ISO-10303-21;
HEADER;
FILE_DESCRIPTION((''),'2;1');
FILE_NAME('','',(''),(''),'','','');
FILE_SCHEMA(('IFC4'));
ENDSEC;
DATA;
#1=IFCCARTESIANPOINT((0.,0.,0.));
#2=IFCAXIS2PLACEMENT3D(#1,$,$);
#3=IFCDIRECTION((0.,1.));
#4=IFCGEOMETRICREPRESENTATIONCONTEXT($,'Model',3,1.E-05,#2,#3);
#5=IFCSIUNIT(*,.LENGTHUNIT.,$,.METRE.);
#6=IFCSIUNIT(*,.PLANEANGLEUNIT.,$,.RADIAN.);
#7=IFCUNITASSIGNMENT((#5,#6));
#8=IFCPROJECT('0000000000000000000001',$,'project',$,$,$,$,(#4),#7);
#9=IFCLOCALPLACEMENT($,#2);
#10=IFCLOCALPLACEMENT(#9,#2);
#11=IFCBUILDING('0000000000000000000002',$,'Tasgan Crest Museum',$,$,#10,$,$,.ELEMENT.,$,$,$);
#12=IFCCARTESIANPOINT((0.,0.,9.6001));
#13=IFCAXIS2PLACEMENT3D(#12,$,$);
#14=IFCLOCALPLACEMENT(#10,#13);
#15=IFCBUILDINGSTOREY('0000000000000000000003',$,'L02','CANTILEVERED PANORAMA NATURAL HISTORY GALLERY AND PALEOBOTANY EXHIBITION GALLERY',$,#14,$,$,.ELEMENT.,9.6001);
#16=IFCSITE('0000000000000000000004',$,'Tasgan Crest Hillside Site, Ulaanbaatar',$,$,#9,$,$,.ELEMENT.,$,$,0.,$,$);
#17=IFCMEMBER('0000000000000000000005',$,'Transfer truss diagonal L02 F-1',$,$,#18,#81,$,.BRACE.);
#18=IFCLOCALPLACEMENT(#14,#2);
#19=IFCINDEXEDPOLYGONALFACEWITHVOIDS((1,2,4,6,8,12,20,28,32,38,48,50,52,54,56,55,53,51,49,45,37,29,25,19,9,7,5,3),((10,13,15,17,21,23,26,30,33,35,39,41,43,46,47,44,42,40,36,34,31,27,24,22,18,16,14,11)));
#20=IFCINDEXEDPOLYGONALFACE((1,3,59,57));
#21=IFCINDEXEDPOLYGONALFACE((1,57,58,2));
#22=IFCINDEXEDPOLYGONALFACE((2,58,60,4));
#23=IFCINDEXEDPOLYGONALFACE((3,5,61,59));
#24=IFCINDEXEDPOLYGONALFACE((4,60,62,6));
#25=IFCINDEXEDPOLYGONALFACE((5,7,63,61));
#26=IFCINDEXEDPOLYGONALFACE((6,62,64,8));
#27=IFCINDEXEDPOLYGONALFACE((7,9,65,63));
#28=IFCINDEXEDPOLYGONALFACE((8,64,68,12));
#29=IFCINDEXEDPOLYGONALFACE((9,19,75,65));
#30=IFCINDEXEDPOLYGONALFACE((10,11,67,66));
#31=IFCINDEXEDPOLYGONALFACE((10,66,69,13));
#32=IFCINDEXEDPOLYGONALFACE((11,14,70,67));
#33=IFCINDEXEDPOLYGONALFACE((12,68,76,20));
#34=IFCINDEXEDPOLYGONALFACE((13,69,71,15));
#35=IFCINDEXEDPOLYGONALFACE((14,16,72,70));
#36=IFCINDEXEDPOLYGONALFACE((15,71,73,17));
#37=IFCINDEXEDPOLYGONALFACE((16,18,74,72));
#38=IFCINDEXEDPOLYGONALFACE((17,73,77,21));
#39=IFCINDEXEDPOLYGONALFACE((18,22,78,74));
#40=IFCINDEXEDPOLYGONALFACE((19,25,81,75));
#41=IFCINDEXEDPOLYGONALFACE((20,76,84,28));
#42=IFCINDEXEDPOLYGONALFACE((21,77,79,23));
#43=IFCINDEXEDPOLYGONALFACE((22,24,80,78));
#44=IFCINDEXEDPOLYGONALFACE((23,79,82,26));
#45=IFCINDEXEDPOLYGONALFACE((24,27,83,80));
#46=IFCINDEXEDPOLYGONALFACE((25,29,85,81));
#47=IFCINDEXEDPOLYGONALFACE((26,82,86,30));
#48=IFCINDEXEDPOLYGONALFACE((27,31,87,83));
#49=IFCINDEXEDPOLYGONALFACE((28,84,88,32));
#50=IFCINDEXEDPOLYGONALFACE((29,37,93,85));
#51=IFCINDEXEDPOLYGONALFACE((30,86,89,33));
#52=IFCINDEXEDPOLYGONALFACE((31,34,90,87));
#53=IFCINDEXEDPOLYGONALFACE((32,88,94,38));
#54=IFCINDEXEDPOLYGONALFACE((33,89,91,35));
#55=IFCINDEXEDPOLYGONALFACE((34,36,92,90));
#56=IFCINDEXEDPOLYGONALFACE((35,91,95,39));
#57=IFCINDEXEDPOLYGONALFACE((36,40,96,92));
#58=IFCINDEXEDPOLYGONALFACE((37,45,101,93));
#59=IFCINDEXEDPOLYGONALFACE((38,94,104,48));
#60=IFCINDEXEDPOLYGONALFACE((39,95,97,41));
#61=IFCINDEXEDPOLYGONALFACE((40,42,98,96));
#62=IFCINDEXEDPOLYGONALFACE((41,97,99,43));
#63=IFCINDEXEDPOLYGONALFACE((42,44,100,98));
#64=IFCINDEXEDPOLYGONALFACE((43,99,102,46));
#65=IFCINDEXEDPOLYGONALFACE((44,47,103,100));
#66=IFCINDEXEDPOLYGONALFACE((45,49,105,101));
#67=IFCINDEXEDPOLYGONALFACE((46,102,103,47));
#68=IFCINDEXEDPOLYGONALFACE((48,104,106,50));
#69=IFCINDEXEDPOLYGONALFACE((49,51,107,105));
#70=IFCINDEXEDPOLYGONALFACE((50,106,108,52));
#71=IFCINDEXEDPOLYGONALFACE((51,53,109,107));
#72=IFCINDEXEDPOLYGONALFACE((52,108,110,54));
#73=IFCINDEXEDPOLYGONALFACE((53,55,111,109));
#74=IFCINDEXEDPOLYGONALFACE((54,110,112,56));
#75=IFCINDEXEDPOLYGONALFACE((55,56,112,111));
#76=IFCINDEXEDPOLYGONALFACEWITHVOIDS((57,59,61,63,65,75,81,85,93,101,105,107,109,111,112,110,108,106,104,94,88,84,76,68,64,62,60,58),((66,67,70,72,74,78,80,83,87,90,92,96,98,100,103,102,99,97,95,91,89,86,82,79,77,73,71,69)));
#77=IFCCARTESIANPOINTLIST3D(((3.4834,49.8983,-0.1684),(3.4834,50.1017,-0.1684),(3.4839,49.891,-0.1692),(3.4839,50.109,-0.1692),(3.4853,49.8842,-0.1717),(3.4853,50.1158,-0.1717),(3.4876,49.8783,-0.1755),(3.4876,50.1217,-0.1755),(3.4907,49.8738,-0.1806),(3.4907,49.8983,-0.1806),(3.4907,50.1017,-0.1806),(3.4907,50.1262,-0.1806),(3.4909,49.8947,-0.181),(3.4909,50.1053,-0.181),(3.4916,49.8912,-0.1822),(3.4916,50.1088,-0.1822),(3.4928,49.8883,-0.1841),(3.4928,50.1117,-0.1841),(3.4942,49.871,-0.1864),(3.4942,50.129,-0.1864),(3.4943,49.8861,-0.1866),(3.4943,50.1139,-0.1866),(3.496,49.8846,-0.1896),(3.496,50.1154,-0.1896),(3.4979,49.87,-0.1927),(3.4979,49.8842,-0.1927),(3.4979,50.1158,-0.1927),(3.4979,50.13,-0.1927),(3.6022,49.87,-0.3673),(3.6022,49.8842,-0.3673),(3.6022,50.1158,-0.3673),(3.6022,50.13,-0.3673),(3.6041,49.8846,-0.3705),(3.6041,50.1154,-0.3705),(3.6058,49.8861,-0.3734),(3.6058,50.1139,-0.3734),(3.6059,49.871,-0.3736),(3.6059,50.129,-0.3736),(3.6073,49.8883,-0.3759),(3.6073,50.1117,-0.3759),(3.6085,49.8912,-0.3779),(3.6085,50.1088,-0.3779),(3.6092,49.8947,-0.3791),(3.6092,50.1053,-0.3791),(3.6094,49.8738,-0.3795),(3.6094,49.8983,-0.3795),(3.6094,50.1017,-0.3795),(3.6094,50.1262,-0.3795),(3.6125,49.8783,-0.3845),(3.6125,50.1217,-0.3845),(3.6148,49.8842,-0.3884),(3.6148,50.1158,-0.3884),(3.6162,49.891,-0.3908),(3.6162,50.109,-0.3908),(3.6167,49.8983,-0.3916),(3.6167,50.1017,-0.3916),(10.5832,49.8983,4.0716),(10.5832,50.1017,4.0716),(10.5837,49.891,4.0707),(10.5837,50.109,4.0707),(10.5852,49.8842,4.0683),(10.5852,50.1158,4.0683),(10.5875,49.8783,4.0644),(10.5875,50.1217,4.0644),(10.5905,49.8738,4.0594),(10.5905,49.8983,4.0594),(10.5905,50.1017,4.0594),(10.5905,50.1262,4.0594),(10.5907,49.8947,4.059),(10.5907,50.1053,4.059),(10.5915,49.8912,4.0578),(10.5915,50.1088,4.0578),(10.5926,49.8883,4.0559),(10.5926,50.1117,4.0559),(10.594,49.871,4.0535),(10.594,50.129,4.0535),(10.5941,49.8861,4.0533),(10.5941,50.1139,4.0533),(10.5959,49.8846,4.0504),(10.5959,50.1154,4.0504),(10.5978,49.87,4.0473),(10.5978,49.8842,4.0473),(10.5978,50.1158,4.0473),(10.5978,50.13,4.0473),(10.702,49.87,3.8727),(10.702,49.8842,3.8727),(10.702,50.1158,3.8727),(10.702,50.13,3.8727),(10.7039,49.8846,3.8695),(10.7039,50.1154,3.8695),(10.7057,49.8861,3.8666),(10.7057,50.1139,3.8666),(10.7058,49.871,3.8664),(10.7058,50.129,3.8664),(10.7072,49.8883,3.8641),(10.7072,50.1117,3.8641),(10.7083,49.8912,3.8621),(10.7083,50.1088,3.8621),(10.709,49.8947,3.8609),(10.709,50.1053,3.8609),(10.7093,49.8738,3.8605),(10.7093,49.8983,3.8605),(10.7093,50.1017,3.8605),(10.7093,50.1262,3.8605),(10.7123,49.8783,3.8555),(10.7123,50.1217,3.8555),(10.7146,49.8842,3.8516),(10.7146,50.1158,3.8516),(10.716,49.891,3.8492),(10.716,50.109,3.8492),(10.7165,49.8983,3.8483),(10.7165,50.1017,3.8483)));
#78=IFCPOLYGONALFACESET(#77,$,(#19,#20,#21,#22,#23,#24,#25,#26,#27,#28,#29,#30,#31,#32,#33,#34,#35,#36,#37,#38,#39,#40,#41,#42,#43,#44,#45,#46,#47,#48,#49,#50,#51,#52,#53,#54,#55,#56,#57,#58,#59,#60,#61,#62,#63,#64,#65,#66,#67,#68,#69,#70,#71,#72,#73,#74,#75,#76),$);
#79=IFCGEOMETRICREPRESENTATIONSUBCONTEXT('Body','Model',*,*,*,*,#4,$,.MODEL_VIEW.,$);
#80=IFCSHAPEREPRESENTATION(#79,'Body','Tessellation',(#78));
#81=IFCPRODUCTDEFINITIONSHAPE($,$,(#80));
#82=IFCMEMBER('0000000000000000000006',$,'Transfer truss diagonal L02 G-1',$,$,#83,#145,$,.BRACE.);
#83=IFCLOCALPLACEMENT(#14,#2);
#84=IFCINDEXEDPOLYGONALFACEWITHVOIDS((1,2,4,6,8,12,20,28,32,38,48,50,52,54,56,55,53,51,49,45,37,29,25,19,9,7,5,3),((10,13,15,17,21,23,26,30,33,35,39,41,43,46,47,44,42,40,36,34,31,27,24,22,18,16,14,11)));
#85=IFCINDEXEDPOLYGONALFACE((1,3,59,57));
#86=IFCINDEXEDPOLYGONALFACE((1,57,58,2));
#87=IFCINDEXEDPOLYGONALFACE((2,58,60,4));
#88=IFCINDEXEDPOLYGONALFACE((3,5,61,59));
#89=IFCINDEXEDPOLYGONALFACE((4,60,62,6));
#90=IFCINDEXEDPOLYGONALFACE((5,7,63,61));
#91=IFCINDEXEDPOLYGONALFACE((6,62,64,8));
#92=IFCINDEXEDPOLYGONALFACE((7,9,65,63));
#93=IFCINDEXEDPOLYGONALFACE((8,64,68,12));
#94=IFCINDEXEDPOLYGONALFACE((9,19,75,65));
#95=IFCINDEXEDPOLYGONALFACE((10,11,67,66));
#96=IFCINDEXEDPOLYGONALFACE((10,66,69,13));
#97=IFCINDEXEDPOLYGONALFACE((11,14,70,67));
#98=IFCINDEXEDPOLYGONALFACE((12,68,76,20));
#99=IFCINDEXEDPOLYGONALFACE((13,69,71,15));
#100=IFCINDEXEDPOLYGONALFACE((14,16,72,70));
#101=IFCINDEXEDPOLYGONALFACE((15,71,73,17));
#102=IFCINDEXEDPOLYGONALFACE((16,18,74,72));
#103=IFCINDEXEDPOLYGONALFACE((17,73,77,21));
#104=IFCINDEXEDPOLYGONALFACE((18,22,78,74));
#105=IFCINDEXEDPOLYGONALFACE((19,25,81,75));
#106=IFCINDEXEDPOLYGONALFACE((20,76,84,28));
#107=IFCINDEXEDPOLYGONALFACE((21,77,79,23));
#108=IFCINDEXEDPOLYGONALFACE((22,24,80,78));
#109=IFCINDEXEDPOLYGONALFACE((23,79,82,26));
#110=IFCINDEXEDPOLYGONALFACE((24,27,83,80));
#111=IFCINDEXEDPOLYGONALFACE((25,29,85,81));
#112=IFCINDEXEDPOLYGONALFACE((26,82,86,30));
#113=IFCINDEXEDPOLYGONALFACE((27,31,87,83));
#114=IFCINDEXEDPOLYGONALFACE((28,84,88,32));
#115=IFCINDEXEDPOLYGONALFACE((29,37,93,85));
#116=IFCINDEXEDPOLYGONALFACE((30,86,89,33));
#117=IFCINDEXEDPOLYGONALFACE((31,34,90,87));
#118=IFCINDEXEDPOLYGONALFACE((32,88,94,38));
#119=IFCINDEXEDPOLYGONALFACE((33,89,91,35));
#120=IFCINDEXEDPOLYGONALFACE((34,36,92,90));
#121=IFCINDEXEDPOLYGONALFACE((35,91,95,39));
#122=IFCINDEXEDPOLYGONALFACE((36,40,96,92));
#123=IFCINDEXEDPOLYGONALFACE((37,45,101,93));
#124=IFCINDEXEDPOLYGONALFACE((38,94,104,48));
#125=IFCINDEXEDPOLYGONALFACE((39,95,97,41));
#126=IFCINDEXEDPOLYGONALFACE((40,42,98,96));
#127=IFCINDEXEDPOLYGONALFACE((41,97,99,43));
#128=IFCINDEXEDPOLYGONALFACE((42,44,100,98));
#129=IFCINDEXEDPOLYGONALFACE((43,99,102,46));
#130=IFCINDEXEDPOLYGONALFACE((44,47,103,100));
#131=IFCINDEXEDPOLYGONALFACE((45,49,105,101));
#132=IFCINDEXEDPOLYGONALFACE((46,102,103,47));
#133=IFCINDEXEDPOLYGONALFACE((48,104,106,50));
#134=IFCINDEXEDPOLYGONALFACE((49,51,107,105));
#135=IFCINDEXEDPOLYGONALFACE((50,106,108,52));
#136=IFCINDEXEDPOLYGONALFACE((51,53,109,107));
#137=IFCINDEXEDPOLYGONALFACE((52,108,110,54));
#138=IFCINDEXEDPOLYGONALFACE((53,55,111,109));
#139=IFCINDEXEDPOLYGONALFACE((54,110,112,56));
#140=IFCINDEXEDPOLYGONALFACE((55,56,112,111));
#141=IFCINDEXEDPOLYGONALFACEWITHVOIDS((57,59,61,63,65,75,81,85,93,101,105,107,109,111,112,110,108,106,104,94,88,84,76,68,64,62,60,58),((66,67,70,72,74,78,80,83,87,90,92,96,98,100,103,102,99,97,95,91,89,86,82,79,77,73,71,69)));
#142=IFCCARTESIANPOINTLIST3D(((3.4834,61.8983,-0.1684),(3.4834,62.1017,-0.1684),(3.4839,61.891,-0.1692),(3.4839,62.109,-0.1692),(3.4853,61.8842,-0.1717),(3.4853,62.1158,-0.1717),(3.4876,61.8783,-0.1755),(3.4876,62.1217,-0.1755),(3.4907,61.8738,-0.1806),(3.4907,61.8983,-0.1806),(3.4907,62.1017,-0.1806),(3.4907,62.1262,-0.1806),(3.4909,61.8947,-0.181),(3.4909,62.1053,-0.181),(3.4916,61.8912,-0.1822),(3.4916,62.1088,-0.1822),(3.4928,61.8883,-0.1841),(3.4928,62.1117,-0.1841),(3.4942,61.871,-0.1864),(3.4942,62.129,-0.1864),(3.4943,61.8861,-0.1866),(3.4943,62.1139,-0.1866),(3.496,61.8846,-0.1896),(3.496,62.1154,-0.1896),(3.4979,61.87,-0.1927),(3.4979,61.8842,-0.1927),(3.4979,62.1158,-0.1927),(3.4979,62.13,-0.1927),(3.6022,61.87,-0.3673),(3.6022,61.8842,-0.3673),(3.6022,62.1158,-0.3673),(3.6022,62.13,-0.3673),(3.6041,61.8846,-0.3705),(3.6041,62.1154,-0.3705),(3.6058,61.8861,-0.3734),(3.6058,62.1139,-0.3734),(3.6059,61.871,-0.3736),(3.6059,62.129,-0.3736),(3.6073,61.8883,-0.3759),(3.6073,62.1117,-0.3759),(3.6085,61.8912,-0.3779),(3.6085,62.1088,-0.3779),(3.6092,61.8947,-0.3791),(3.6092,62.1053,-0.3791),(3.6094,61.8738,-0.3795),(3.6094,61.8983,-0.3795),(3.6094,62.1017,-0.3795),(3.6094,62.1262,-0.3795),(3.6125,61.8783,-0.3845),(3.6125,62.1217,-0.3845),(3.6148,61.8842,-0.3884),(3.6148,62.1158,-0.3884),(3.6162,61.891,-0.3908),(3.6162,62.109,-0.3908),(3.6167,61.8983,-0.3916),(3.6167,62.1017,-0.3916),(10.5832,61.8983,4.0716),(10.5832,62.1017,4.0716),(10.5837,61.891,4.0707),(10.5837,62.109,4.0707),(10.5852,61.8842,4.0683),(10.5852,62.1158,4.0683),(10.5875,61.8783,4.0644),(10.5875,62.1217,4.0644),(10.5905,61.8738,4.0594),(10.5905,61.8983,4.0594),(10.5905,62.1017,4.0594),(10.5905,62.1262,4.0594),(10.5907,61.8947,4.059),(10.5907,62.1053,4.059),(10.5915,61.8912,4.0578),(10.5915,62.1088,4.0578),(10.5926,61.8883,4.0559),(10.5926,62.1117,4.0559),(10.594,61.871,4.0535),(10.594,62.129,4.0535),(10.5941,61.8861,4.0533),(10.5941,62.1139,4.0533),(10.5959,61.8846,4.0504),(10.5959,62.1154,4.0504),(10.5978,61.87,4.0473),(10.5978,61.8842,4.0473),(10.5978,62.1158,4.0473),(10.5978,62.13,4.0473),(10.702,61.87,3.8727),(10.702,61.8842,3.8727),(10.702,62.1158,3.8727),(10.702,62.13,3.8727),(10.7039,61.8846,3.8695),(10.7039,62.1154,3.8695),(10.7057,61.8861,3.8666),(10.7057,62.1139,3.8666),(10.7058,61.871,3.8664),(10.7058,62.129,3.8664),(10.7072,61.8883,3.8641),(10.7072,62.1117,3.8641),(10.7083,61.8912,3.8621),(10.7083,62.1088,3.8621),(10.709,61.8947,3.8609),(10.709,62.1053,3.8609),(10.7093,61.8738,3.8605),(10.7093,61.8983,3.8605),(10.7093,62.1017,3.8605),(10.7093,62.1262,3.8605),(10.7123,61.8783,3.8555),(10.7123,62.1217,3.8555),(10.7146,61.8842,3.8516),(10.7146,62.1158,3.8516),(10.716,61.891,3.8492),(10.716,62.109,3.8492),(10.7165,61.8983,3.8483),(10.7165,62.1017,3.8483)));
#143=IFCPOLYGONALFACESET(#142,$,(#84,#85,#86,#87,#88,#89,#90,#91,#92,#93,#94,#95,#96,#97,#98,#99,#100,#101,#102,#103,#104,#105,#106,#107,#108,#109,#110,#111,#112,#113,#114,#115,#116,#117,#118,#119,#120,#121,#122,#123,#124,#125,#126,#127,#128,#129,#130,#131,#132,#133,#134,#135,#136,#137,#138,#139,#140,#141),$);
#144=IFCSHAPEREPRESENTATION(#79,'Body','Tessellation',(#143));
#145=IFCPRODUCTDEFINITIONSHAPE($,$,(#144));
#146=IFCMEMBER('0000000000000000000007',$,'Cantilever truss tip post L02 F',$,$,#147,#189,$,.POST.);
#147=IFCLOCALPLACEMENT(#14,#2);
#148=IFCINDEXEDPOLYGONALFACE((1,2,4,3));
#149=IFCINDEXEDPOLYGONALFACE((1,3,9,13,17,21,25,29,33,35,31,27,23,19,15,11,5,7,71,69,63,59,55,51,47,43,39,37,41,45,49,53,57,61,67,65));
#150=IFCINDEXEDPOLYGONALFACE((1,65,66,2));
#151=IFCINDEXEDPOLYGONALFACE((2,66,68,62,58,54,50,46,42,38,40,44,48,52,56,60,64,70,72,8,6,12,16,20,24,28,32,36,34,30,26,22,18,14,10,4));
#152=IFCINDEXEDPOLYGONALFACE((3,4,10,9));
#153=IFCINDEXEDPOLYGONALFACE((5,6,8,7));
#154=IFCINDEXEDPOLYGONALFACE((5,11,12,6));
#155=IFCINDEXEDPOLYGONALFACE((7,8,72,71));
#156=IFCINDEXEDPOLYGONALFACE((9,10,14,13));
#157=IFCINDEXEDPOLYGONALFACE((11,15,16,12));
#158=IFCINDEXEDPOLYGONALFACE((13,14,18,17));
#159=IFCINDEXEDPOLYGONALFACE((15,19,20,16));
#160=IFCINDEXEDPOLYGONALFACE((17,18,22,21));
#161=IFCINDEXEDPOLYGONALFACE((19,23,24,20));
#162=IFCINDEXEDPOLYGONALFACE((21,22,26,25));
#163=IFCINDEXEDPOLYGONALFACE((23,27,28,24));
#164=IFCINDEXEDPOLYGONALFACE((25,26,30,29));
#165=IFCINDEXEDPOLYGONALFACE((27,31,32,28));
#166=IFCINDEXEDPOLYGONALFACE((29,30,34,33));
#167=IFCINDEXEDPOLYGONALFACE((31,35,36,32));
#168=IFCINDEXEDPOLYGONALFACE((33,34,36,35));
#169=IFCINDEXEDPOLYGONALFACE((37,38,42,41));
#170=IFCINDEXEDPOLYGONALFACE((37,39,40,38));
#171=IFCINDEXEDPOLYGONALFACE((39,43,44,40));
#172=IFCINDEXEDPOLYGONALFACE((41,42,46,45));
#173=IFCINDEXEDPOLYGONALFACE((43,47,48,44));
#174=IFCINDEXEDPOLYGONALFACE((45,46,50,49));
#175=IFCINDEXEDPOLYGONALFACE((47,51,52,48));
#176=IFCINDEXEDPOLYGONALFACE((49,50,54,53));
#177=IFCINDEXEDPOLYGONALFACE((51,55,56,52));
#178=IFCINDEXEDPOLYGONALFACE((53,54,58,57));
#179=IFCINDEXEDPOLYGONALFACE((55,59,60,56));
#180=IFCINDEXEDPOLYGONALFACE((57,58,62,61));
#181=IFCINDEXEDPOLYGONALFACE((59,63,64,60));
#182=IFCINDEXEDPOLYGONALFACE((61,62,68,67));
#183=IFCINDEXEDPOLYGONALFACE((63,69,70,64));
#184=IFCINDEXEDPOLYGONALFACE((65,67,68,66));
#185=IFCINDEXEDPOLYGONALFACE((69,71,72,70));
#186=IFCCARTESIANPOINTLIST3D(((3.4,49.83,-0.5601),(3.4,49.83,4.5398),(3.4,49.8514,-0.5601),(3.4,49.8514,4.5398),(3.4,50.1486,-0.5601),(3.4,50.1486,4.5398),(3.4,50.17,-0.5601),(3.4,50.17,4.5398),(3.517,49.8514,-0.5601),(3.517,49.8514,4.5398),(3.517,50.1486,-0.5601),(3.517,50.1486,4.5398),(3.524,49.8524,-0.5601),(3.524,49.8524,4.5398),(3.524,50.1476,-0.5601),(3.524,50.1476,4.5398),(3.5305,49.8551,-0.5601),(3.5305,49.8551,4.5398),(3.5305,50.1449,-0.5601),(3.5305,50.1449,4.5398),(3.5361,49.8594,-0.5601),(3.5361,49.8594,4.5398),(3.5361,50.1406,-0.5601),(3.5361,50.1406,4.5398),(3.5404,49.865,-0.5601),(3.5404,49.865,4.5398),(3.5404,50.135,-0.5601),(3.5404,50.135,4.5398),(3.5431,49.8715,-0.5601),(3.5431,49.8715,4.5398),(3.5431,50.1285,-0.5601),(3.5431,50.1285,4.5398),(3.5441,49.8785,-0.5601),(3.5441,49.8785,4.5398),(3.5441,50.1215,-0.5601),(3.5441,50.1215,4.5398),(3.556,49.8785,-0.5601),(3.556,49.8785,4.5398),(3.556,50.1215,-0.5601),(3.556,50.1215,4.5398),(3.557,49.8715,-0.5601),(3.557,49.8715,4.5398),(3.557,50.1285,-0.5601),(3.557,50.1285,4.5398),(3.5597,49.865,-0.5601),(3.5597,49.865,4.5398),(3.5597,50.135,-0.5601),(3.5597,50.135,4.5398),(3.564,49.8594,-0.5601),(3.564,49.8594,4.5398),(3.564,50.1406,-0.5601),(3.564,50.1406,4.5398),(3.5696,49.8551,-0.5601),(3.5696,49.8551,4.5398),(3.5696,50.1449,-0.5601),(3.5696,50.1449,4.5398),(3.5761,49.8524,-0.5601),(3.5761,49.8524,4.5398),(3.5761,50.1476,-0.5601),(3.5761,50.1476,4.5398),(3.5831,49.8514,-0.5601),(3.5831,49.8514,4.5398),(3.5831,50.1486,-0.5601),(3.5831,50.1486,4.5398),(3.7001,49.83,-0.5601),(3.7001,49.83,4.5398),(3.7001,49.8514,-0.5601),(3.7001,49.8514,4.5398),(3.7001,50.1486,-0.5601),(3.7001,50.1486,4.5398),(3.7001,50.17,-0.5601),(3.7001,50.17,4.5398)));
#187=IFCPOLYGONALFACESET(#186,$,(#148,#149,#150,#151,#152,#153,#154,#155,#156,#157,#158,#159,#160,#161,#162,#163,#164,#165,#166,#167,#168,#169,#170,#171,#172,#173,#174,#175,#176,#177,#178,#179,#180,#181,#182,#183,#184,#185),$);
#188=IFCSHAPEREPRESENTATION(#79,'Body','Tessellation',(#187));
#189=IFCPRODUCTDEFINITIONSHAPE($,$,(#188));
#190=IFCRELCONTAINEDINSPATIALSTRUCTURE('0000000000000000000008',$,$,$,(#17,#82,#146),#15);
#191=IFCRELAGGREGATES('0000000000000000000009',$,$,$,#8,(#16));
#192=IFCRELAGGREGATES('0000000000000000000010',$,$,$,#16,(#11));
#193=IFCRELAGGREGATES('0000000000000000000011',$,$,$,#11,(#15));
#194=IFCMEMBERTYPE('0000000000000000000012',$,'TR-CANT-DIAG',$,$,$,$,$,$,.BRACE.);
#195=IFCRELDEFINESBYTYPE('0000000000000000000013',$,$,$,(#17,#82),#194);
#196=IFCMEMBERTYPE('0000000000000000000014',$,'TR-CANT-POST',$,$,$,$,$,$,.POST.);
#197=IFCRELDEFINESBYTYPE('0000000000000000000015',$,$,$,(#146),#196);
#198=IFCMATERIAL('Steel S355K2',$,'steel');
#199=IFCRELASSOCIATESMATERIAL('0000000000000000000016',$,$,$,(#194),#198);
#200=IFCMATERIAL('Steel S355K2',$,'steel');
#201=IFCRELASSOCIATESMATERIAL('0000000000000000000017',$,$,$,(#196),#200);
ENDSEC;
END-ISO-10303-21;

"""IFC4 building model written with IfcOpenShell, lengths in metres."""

from ifc_helpers import new_model, si_unit, direction, frame, origin, origin_2d, place, context, subcontext, project, spatial, hollow_rectangle, i_section, extrude, material, material_profile, profile_set, type_object, element, save


model = new_model("IFC4")

# Units and contexts
model_context = context("Model", 3, precision=1e-05, world=origin(), true_north=direction((0.0, 1.0)))
body_context = subcontext(model_context, "Body", "Model", "MODEL_VIEW")
ifc_project = project(units=[si_unit("LENGTHUNIT", "METRE"), si_unit("PLANEANGLEUNIT", "RADIAN")], contexts=[model_context])

# Site, building, storey
site_placement = place(None, origin())
site = spatial("IfcSite", under=ifc_project, at=site_placement, Name="Tasgan Crest Hillside Site, Ulaanbaatar", CompositionType="ELEMENT", RefElevation=0.0)
building_placement = place(site_placement, origin())
building = spatial("IfcBuilding", under=site, at=building_placement, Name="Tasgan Crest Museum", CompositionType="ELEMENT")
storey_placement = place(building_placement, frame((0.0, 0.0, 9.6001)))
storey = spatial("IfcBuildingStorey", under=building, at=storey_placement, Name="L02", Description="CANTILEVERED PANORAMA NATURAL HISTORY GALLERY AND PALEOBOTANY EXHIBITION GALLERY", CompositionType="ELEMENT", Elevation=9.6001)

# Members
ifc_material_1 = material(Name="Steel S355K2", Category="steel")
ifc_material_profile_1 = material_profile(ifc_material_1, hollow_rectangle(XDim=0.26, YDim=0.26, WallThickness=0.0142, InnerFilletRadius=0.0142, OuterFilletRadius=0.0283, at=origin_2d()), Name="SHS 260x260x14.2")
ifc_profile_set_1 = profile_set([ifc_material_profile_1], Name="Steel S355K2")
member_type_1 = type_object("IfcMemberType", Name="TR-CANT-DIAG", PredefinedType="BRACE", material=ifc_profile_set_1)
for number, where, z_axis, x_axis, name in (
    (1, (3.55, 50.0, -0.28), (0.858554, 0.0, 0.512723), (0.0, 1.0, 0.0), "Transfer truss diagonal L02 F-1"),
    (2, (3.55, 62.0, -0.28), (0.858554, 0.0, 0.512723), (0.0, 1.0, 0.0), "Transfer truss diagonal L02 G-1"),
):
    element("IfcMember", number, at=place(storey_placement, frame(where, z_axis=z_axis, x_axis=x_axis)), inside=storey, type_object=member_type_1, Name=name, PredefinedType="BRACE", context=body_context, shape_type="SweptSolid", body=[
        extrude(hollow_rectangle(XDim=0.26, YDim=0.26, WallThickness=0.0142, InnerFilletRadius=0.0142, OuterFilletRadius=0.0283, at=origin_2d()), origin(), (0.0, 0.0, 1.0), 8.2695),
    ])
ifc_material_2 = material(Name="Steel S355K2", Category="steel")
ifc_material_profile_2 = material_profile(ifc_material_2, i_section(OverallWidth=0.3, OverallDepth=0.3401, WebThickness=0.012, FlangeThickness=0.0215, FilletRadius=0.0271, at=origin_2d()), Name="HEB 340")
ifc_profile_set_2 = profile_set([ifc_material_profile_2], Name="Steel S355K2")
member_type_2 = type_object("IfcMemberType", Name="TR-CANT-POST", PredefinedType="POST", material=ifc_profile_set_2)
for number, where, z_axis, x_axis, name in (
    (3, (3.55, 50.0, -0.5601), (0.0, 0.0, 1.0), (1.0, 0.0, 0.0), "Cantilever truss tip post L02 F"),
):
    element("IfcMember", number, at=place(storey_placement, frame(where, z_axis=z_axis, x_axis=x_axis)), inside=storey, type_object=member_type_2, Name=name, PredefinedType="POST", context=body_context, shape_type="SweptSolid", body=[
        extrude(i_section(OverallWidth=0.3, OverallDepth=0.3401, WebThickness=0.012, FlangeThickness=0.0215, FilletRadius=0.0271, at=origin_2d()), origin(), (0.0, 0.0, 1.0), 5.0999),
    ])

save(model, "model.ifc")
